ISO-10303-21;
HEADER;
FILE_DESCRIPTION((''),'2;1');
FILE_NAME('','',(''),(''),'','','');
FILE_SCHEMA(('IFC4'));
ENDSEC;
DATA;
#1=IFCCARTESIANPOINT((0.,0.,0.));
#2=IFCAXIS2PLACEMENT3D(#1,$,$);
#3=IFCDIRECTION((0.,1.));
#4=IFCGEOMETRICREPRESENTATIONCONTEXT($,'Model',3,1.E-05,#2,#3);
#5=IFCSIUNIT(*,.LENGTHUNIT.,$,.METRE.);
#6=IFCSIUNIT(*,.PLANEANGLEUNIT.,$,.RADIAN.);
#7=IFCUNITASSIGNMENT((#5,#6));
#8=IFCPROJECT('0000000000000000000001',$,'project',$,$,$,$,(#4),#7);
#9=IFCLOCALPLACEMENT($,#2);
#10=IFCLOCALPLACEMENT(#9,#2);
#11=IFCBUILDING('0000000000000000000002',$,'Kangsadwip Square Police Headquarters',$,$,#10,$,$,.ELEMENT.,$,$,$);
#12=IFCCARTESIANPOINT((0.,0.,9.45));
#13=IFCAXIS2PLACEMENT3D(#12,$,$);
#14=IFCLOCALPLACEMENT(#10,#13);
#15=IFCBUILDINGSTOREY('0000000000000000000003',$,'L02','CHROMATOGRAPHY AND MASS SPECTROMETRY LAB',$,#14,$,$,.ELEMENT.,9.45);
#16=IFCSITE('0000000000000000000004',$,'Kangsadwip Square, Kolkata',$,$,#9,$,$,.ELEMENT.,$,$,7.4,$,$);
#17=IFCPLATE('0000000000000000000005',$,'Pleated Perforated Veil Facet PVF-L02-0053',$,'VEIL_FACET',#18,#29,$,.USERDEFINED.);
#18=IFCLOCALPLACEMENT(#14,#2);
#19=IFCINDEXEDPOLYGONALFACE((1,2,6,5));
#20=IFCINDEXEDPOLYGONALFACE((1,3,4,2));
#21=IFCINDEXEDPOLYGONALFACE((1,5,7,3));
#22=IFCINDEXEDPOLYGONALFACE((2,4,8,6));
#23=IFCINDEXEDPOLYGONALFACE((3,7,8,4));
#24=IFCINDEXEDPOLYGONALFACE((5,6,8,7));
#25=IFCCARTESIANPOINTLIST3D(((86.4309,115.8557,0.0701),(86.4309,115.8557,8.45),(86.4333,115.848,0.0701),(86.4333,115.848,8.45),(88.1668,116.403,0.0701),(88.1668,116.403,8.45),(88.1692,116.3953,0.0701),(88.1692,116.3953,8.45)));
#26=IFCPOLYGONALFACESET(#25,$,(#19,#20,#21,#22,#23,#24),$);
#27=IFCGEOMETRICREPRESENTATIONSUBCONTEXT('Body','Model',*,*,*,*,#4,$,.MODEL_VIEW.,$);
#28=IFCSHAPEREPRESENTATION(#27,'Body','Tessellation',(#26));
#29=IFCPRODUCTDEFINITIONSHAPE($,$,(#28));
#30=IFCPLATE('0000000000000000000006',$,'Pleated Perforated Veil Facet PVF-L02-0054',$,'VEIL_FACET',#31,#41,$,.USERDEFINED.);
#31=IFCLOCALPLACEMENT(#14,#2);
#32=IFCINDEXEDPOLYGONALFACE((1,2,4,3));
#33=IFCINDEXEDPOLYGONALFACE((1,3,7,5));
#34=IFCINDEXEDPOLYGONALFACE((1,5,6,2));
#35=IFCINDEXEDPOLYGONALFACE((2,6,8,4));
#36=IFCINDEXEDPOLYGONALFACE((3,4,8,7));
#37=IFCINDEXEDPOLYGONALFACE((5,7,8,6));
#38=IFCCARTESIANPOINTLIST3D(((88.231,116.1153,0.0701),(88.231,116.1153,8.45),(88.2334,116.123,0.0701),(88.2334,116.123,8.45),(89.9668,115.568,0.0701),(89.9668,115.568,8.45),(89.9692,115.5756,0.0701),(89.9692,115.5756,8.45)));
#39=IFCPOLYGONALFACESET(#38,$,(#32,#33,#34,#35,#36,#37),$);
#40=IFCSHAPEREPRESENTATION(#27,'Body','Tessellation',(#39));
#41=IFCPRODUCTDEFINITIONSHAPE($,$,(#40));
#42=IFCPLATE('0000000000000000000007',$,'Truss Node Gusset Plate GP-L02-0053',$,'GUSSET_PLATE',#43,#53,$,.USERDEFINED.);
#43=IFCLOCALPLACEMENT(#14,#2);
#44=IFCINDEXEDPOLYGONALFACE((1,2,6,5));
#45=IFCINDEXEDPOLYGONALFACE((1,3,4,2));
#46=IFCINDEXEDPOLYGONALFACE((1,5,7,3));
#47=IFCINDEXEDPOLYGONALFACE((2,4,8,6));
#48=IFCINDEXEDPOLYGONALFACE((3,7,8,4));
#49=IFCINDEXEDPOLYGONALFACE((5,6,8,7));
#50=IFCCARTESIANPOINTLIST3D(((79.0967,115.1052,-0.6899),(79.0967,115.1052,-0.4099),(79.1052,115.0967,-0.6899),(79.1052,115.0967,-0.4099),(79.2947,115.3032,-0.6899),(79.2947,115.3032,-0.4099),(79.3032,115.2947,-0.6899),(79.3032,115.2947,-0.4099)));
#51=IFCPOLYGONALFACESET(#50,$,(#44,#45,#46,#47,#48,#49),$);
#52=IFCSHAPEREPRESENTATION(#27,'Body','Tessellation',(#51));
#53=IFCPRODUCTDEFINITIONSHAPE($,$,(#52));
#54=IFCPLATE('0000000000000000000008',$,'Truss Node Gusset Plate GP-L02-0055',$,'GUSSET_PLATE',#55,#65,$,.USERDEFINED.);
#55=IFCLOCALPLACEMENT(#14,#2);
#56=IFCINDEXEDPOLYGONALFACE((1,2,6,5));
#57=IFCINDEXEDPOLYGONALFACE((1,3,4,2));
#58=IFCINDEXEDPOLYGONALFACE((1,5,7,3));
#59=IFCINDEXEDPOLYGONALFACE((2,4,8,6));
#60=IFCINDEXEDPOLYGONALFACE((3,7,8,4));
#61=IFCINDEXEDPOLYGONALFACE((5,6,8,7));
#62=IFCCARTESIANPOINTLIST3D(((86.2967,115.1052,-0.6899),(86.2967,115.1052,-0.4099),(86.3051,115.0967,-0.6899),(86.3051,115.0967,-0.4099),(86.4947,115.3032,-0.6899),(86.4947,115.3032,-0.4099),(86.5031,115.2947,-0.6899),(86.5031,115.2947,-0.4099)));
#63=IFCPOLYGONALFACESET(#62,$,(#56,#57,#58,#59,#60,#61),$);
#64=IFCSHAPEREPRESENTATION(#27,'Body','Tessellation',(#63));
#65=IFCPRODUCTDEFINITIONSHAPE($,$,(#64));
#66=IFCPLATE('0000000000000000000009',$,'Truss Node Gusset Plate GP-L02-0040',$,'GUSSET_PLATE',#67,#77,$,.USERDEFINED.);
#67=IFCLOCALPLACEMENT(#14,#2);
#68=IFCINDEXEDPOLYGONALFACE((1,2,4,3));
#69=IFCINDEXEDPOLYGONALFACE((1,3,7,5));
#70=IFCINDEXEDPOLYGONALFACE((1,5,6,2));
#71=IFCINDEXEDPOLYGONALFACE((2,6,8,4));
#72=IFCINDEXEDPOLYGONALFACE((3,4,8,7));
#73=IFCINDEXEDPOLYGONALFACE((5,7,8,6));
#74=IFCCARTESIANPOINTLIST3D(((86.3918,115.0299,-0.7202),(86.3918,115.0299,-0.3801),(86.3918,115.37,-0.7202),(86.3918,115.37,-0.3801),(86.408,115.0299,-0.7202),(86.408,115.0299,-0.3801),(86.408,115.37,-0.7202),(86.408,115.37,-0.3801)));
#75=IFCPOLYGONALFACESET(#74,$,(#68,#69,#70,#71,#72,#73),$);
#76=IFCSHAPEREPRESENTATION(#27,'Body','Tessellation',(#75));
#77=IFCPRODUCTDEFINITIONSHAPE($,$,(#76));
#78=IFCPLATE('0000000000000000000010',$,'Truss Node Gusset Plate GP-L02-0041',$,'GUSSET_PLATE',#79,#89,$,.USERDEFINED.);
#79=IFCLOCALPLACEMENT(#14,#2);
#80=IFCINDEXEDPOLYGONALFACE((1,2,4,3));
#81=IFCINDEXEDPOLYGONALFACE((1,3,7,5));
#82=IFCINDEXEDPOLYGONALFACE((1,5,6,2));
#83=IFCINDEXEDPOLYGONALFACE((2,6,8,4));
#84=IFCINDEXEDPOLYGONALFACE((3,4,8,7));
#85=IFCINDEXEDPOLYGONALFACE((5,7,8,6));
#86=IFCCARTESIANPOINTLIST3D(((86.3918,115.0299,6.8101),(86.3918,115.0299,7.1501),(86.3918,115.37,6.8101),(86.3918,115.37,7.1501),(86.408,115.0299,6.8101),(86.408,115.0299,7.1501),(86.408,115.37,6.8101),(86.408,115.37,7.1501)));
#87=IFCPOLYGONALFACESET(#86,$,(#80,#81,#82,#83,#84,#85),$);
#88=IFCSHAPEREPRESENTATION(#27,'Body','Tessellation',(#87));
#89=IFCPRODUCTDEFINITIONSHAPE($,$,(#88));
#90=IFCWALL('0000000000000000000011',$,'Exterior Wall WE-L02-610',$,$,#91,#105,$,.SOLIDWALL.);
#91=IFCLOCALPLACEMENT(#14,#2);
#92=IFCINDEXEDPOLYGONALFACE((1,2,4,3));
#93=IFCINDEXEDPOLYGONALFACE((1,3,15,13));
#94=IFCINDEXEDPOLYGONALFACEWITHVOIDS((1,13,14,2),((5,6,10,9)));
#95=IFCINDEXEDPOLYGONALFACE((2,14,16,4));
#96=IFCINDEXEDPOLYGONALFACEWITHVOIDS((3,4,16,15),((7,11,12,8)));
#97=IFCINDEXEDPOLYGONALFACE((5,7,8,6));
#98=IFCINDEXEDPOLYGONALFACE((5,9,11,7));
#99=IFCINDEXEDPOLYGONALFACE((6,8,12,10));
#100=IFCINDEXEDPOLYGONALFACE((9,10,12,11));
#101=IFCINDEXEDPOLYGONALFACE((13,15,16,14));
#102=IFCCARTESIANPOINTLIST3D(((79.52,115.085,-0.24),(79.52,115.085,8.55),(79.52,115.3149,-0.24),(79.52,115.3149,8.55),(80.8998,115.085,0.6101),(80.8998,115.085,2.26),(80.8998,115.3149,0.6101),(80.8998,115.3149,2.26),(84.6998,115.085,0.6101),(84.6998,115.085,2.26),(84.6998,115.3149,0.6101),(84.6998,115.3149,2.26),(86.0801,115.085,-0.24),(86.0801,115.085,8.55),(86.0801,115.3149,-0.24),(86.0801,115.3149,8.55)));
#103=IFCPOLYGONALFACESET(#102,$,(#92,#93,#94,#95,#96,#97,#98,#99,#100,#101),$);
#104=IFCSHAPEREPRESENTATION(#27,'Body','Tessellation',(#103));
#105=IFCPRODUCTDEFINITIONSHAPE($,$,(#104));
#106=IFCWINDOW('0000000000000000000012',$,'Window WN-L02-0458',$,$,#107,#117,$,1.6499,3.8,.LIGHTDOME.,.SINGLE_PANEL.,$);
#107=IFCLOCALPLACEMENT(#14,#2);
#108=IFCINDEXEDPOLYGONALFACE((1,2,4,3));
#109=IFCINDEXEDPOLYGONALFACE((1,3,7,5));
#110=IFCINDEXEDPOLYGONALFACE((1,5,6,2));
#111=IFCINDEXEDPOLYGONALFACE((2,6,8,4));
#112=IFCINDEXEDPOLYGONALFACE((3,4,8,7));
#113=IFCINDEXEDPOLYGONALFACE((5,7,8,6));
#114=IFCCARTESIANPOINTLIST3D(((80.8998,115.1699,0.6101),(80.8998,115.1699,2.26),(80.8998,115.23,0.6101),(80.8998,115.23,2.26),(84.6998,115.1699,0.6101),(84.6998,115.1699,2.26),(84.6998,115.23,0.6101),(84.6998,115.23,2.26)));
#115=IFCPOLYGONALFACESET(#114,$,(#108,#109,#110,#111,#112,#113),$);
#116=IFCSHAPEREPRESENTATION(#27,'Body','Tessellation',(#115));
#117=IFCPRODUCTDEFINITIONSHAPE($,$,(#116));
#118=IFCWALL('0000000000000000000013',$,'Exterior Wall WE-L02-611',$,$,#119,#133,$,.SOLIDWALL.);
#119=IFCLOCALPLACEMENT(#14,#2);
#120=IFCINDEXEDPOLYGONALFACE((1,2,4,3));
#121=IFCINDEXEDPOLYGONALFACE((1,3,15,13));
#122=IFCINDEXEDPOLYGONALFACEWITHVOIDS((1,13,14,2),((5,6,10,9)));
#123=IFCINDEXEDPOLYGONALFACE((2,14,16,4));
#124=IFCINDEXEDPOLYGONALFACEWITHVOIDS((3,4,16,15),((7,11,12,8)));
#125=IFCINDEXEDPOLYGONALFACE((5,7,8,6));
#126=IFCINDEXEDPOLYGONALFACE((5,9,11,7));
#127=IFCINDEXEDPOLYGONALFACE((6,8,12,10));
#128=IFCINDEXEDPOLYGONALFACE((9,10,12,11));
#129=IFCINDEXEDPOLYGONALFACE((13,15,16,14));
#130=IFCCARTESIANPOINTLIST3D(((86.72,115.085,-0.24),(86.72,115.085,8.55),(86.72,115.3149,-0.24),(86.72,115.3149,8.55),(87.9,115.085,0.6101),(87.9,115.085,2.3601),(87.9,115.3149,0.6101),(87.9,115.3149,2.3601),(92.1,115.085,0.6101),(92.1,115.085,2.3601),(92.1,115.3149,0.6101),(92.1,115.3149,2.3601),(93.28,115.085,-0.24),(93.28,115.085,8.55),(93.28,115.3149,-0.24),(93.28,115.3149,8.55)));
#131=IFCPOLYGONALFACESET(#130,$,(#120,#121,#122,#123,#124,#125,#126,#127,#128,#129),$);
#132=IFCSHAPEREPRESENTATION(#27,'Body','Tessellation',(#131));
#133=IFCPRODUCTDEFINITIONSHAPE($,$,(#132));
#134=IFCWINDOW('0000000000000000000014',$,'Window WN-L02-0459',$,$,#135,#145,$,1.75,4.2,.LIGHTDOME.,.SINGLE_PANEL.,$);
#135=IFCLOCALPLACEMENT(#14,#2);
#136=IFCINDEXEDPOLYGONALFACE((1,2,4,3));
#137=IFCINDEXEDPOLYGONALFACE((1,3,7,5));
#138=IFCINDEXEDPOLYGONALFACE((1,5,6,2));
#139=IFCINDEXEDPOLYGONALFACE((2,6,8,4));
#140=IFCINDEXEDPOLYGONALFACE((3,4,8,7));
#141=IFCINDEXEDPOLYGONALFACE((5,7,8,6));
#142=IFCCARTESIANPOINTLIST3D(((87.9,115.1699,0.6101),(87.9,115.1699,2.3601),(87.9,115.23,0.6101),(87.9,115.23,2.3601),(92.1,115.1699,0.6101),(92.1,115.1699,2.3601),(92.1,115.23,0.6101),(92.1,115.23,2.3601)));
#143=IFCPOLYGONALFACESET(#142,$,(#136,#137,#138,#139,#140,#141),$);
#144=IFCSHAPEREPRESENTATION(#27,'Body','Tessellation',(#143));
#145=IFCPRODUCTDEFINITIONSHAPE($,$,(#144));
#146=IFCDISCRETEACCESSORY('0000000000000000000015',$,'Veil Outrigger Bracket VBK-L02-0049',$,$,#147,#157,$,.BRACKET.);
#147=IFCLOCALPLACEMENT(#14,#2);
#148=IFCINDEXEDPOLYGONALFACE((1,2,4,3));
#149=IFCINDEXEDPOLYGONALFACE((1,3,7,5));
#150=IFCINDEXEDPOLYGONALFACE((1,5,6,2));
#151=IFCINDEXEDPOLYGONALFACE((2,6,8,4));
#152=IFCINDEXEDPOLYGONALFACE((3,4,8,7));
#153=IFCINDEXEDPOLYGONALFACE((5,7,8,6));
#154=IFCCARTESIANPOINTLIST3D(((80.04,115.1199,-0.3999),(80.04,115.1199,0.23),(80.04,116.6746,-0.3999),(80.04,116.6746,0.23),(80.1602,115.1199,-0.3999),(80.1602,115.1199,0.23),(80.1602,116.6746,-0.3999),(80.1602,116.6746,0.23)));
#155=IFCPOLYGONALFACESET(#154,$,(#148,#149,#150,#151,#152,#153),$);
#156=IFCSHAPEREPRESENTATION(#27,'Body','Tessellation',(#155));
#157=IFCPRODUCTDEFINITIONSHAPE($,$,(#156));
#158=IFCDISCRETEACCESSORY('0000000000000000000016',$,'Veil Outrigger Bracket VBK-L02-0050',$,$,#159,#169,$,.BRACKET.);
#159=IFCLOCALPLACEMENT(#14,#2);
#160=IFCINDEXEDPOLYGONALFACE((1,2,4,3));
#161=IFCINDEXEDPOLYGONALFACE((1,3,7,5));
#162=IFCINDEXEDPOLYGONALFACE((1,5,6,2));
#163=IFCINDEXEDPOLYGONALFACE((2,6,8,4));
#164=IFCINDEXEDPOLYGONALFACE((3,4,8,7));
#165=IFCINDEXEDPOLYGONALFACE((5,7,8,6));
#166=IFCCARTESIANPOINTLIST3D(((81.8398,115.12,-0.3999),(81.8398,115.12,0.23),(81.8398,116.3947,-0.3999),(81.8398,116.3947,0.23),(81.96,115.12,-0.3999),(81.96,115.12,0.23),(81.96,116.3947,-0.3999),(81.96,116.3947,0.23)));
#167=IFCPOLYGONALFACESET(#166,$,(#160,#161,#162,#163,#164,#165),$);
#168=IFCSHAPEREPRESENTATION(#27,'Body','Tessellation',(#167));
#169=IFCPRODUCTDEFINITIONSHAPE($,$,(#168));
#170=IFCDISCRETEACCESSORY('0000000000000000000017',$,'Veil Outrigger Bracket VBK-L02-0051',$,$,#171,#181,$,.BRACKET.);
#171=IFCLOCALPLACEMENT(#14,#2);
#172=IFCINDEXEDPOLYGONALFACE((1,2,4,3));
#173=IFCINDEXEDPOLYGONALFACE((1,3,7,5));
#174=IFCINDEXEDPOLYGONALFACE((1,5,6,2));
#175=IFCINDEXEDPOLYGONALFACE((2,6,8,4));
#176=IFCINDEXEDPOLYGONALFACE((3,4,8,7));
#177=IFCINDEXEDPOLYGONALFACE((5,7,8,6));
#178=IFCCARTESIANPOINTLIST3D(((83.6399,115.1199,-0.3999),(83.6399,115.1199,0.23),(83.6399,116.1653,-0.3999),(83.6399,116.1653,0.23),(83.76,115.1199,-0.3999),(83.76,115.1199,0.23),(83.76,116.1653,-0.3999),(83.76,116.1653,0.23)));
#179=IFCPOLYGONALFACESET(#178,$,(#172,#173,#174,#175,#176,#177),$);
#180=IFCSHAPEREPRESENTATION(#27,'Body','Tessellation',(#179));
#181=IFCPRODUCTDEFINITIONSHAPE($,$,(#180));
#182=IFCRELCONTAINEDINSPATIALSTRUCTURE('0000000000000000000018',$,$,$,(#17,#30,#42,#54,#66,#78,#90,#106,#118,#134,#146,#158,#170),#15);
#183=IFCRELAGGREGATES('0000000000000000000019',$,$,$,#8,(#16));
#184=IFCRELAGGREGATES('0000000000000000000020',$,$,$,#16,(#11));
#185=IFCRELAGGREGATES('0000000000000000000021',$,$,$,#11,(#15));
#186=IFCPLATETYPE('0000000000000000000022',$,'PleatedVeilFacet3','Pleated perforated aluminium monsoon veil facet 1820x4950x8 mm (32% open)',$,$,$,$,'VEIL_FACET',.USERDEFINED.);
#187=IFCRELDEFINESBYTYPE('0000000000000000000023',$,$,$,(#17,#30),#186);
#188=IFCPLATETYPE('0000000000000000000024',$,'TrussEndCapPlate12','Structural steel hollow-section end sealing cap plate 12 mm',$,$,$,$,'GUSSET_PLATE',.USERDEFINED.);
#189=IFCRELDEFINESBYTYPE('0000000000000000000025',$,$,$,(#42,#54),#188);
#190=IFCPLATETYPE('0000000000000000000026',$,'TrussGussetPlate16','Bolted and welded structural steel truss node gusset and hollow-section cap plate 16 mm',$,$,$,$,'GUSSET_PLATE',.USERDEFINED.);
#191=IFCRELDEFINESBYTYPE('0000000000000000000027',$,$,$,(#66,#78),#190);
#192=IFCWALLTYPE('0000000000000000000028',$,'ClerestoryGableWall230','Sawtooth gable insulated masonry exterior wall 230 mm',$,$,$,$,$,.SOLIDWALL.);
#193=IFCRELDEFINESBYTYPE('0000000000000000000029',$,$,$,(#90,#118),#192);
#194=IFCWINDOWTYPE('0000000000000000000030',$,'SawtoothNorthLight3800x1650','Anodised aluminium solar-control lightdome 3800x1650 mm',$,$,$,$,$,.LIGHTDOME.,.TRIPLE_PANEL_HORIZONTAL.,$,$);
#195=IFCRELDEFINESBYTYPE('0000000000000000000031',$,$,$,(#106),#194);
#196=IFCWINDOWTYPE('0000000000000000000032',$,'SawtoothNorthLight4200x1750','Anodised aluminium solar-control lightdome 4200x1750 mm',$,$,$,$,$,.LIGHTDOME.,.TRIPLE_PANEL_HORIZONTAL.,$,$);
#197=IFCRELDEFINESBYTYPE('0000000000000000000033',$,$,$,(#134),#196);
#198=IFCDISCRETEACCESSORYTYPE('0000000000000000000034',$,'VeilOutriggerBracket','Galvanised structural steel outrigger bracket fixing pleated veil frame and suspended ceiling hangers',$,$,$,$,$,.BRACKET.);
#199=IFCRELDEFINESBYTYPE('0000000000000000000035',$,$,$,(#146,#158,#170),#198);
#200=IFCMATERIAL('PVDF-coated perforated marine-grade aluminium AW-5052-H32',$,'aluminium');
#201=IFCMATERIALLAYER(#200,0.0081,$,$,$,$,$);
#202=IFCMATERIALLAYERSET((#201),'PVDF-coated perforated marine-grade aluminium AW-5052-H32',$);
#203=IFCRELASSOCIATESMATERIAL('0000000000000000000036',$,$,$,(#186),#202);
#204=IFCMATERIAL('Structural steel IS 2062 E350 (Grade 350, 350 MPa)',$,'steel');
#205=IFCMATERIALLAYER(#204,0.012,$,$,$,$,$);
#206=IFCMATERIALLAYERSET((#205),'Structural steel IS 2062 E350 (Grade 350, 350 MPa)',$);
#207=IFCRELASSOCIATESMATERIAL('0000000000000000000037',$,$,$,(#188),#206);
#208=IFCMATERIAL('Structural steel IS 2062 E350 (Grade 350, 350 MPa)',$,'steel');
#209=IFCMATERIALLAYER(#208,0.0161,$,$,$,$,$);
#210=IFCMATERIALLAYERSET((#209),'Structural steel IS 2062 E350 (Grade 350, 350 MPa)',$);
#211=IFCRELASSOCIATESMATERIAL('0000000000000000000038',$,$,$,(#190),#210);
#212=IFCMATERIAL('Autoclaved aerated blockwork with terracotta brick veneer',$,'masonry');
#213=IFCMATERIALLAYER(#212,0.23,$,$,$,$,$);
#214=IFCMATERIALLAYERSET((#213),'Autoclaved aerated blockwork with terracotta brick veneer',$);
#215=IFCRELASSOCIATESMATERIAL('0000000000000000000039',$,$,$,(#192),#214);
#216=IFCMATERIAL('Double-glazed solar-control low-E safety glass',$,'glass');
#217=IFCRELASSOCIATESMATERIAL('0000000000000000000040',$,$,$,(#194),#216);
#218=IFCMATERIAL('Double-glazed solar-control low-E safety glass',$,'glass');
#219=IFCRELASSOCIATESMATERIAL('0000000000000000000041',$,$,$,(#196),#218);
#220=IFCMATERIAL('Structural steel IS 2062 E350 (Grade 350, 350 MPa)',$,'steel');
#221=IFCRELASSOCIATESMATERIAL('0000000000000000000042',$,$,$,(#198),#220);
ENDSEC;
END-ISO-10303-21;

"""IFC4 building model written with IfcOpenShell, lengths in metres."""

from ifc_helpers import new_model, si_unit, direction, frame, frame_2d, origin, origin_2d, place, context, subcontext, project, spatial, rectangle, extrude, material, layer, layer_set, type_object, element, fill, save


model = new_model("IFC4")

# Units and contexts
model_context = context("Model", 3, precision=1e-05, world=origin(), true_north=direction((0.0, 1.0)))
body_context = subcontext(model_context, "Body", "Model", "MODEL_VIEW")
ifc_project = project(units=[si_unit("LENGTHUNIT", "METRE"), si_unit("PLANEANGLEUNIT", "RADIAN")], contexts=[model_context])

# Site, building, storey
site_placement = place(None, origin())
site = spatial("IfcSite", under=ifc_project, at=site_placement, Name="Kangsadwip Square, Kolkata", CompositionType="ELEMENT", RefElevation=7.4)
building_placement = place(site_placement, origin())
building = spatial("IfcBuilding", under=site, at=building_placement, Name="Kangsadwip Square Police Headquarters", CompositionType="ELEMENT")
storey_placement = place(building_placement, frame((0.0, 0.0, 9.45)))
storey = spatial("IfcBuildingStorey", under=building, at=storey_placement, Name="L02", Description="CHROMATOGRAPHY AND MASS SPECTROMETRY LAB", CompositionType="ELEMENT", Elevation=9.45)

# Plates
ifc_material_1 = material(Name="PVDF-coated perforated marine-grade aluminium AW-5052-H32", Category="aluminium")
ifc_layer_1 = layer(ifc_material_1, 0.0081)
ifc_layer_set_1 = layer_set([ifc_layer_1], Name="PVDF-coated perforated marine-grade aluminium AW-5052-H32")
plate_type_1 = type_object("IfcPlateType", Name="PleatedVeilFacet3", Description="Pleated perforated aluminium monsoon veil facet 1820x4950x8 mm (32% open)", ElementType="VEIL_FACET", PredefinedType="USERDEFINED", material=ifc_layer_set_1)
for number, where, z_axis, x_axis, name in (
    (1, (87.3, 116.1255, 0.0701), (0.0, 0.0, 1.0), (0.953717, 0.300706, 0.0), "Pleated Perforated Veil Facet PVF-L02-0053"),
    (2, (89.1001, 115.8455, 0.0701), (0.0, 0.0, 1.0), (0.953717, -0.300706, 0.0), "Pleated Perforated Veil Facet PVF-L02-0054"),
):
    element("IfcPlate", number, at=place(storey_placement, frame(where, z_axis=z_axis, x_axis=x_axis)), inside=storey, type_object=plate_type_1, Name=name, ObjectType="VEIL_FACET", PredefinedType="USERDEFINED", context=body_context, shape_type="SweptSolid", body=[
        extrude(rectangle(XDim=1.8201, YDim=0.0081, at=origin_2d()), origin(), (0.0, 0.0, 1.0), 8.3799),
    ])
ifc_material_2 = material(Name="Structural steel IS 2062 E350 (Grade 350, 350 MPa)", Category="steel")
ifc_layer_2 = layer(ifc_material_2, 0.012)
ifc_layer_set_2 = layer_set([ifc_layer_2], Name="Structural steel IS 2062 E350 (Grade 350, 350 MPa)")
plate_type_2 = type_object("IfcPlateType", Name="TrussEndCapPlate12", Description="Structural steel hollow-section end sealing cap plate 12 mm", ElementType="GUSSET_PLATE", PredefinedType="USERDEFINED", material=ifc_layer_set_2)
for number, where, z_axis, x_axis, name in (
    (3, (79.2, 115.2, -0.6899), (0.0, 0.0, 1.0), (0.707107, 0.707107, 0.0), "Truss Node Gusset Plate GP-L02-0053"),
    (4, (86.3999, 115.2, -0.6899), (0.0, 0.0, 1.0), (0.707107, 0.707107, 0.0), "Truss Node Gusset Plate GP-L02-0055"),
):
    element("IfcPlate", number, at=place(storey_placement, frame(where, z_axis=z_axis, x_axis=x_axis)), inside=storey, type_object=plate_type_2, Name=name, ObjectType="GUSSET_PLATE", PredefinedType="USERDEFINED", context=body_context, shape_type="SweptSolid", body=[
        extrude(rectangle(XDim=0.28, YDim=0.012, at=origin_2d()), origin(), (0.0, 0.0, 1.0), 0.28),
    ])
ifc_material_3 = material(Name="Structural steel IS 2062 E350 (Grade 350, 350 MPa)", Category="steel")
ifc_layer_3 = layer(ifc_material_3, 0.0161)
ifc_layer_set_3 = layer_set([ifc_layer_3], Name="Structural steel IS 2062 E350 (Grade 350, 350 MPa)")
plate_type_3 = type_object("IfcPlateType", Name="TrussGussetPlate16", Description="Bolted and welded structural steel truss node gusset and hollow-section cap plate 16 mm", ElementType="GUSSET_PLATE", PredefinedType="USERDEFINED", material=ifc_layer_set_3)
for number, where, z_axis, x_axis, name in (
    (5, (86.3999, 115.2, -0.7202), (0.0, 0.0, 1.0), (0.0, 1.0, 0.0), "Truss Node Gusset Plate GP-L02-0040"),
    (6, (86.3999, 115.2, 6.8101), (0.0, 0.0, 1.0), (0.0, 1.0, 0.0), "Truss Node Gusset Plate GP-L02-0041"),
):
    element("IfcPlate", number, at=place(storey_placement, frame(where, z_axis=z_axis, x_axis=x_axis)), inside=storey, type_object=plate_type_3, Name=name, ObjectType="GUSSET_PLATE", PredefinedType="USERDEFINED", context=body_context, shape_type="SweptSolid", body=[
        extrude(rectangle(XDim=0.3401, YDim=0.0161, at=origin_2d()), origin(), (0.0, 0.0, 1.0), 0.3401),
    ])

# Walls, openings, windows
ifc_material_4 = material(Name="Autoclaved aerated blockwork with terracotta brick veneer", Category="masonry")
ifc_layer_4 = layer(ifc_material_4, 0.23)
ifc_layer_set_4 = layer_set([ifc_layer_4], Name="Autoclaved aerated blockwork with terracotta brick veneer")
wall_type = type_object("IfcWallType", Name="ClerestoryGableWall230", Description="Sawtooth gable insulated masonry exterior wall 230 mm", PredefinedType="SOLIDWALL", material=ifc_layer_set_4)
wall_1_placement = place(storey_placement, frame((79.52, 115.2, -0.24), z_axis=(0.0, 0.0, 1.0), x_axis=(1.0, 0.0, 0.0)))
wall_1 = element("IfcWall", 7, at=wall_1_placement, inside=storey, type_object=wall_type, Name="Exterior Wall WE-L02-610", PredefinedType="SOLIDWALL", context=body_context, shape_type="SweptSolid", body=[
    extrude(rectangle(XDim=6.5601, YDim=0.23, at=frame_2d((3.28, 0.0))), origin(), (0.0, 0.0, 1.0), 8.79),
])
opening_1_placement = place(wall_1_placement, frame((1.3799, 0.0, 0.8501)))
opening_1 = element("IfcOpeningElement", 8, at=opening_1_placement, cuts=wall_1, PredefinedType="OPENING", context=body_context, shape_type="SweptSolid", body=[
    extrude(rectangle(XDim=3.8, YDim=1.6499, at=frame_2d((1.8999, 0.825))), frame((0.0, 0.125, 0.0), z_axis=(0.0, -1.0, 0.0), x_axis=(1.0, 0.0, 0.0)), (0.0, 0.0, 1.0), 0.25),
])
ifc_material_5 = material(Name="Double-glazed solar-control low-E safety glass", Category="glass")
window_type_1 = type_object("IfcWindowType", Name="SawtoothNorthLight3800x1650", Description="Anodised aluminium solar-control lightdome 3800x1650 mm", PartitioningType="TRIPLE_PANEL_HORIZONTAL", PredefinedType="LIGHTDOME", material=ifc_material_5)
window_1_placement = place(opening_1_placement, origin())
window_1 = element("IfcWindow", 9, at=window_1_placement, inside=storey, type_object=window_type_1, Name="Window WN-L02-0458", OverallHeight=1.6499, OverallWidth=3.8, PartitioningType="SINGLE_PANEL", PredefinedType="LIGHTDOME", context=body_context, shape_type="SweptSolid", body=[
    extrude(rectangle(XDim=3.8, YDim=1.6499, at=frame_2d((1.8999, 0.825))), frame((0.0, 0.03, 0.0), z_axis=(0.0, -1.0, 0.0), x_axis=(1.0, 0.0, 0.0)), (0.0, 0.0, 1.0), 0.0601),
])
fill(opening_1, window_1)
wall_2_placement = place(storey_placement, frame((86.72, 115.2, -0.24), z_axis=(0.0, 0.0, 1.0), x_axis=(1.0, 0.0, 0.0)))
wall_2 = element("IfcWall", 10, at=wall_2_placement, inside=storey, type_object=wall_type, Name="Exterior Wall WE-L02-611", PredefinedType="SOLIDWALL", context=body_context, shape_type="SweptSolid", body=[
    extrude(rectangle(XDim=6.5601, YDim=0.23, at=frame_2d((3.28, 0.0))), origin(), (0.0, 0.0, 1.0), 8.79),
])
opening_2_placement = place(wall_2_placement, frame((1.1799, 0.0, 0.8501)))
opening_2 = element("IfcOpeningElement", 11, at=opening_2_placement, cuts=wall_2, PredefinedType="OPENING", context=body_context, shape_type="SweptSolid", body=[
    extrude(rectangle(XDim=4.2, YDim=1.75, at=frame_2d((2.1001, 0.875))), frame((0.0, 0.125, 0.0), z_axis=(0.0, -1.0, 0.0), x_axis=(1.0, 0.0, 0.0)), (0.0, 0.0, 1.0), 0.25),
])
ifc_material_6 = material(Name="Double-glazed solar-control low-E safety glass", Category="glass")
window_type_2 = type_object("IfcWindowType", Name="SawtoothNorthLight4200x1750", Description="Anodised aluminium solar-control lightdome 4200x1750 mm", PartitioningType="TRIPLE_PANEL_HORIZONTAL", PredefinedType="LIGHTDOME", material=ifc_material_6)
window_2_placement = place(opening_2_placement, origin())
window_2 = element("IfcWindow", 12, at=window_2_placement, inside=storey, type_object=window_type_2, Name="Window WN-L02-0459", OverallHeight=1.75, OverallWidth=4.2, PartitioningType="SINGLE_PANEL", PredefinedType="LIGHTDOME", context=body_context, shape_type="SweptSolid", body=[
    extrude(rectangle(XDim=4.2, YDim=1.75, at=frame_2d((2.1001, 0.875))), frame((0.0, 0.03, 0.0), z_axis=(0.0, -1.0, 0.0), x_axis=(1.0, 0.0, 0.0)), (0.0, 0.0, 1.0), 0.0601),
])
fill(opening_2, window_2)

# Discrete accessories
ifc_material_7 = material(Name="Structural steel IS 2062 E350 (Grade 350, 350 MPa)", Category="steel")
discrete_accessory_type = type_object("IfcDiscreteAccessoryType", Name="VeilOutriggerBracket", Description="Galvanised structural steel outrigger bracket fixing pleated veil frame and suspended ceiling hangers", PredefinedType="BRACKET", material=ifc_material_7)
discrete_accessory_1_placement = place(storey_placement, frame((80.1001, 115.8972, -0.3999), z_axis=(0.0, 0.0, 1.0), x_axis=(1.0, 0.0, 0.0)))
element("IfcDiscreteAccessory", 13, at=discrete_accessory_1_placement, inside=storey, type_object=discrete_accessory_type, Name="Veil Outrigger Bracket VBK-L02-0049", PredefinedType="BRACKET", context=body_context, shape_type="SweptSolid", body=[
    extrude(rectangle(XDim=0.1201, YDim=1.5547, at=origin_2d()), origin(), (0.0, 0.0, 1.0), 0.6299),
])
discrete_accessory_2_placement = place(storey_placement, frame((81.8999, 115.7573, -0.3999), z_axis=(0.0, 0.0, 1.0), x_axis=(1.0, 0.0, 0.0)))
element("IfcDiscreteAccessory", 14, at=discrete_accessory_2_placement, inside=storey, type_object=discrete_accessory_type, Name="Veil Outrigger Bracket VBK-L02-0050", PredefinedType="BRACKET", context=body_context, shape_type="SweptSolid", body=[
    extrude(rectangle(XDim=0.1201, YDim=1.2747, at=origin_2d()), origin(), (0.0, 0.0, 1.0), 0.6299),
])
discrete_accessory_3_placement = place(storey_placement, frame((83.7, 115.6426, -0.3999), z_axis=(0.0, 0.0, 1.0), x_axis=(1.0, 0.0, 0.0)))
element("IfcDiscreteAccessory", 15, at=discrete_accessory_3_placement, inside=storey, type_object=discrete_accessory_type, Name="Veil Outrigger Bracket VBK-L02-0051", PredefinedType="BRACKET", context=body_context, shape_type="SweptSolid", body=[
    extrude(rectangle(XDim=0.1201, YDim=1.0454, at=origin_2d()), origin(), (0.0, 0.0, 1.0), 0.6299),
])

save(model, "model.ifc")
